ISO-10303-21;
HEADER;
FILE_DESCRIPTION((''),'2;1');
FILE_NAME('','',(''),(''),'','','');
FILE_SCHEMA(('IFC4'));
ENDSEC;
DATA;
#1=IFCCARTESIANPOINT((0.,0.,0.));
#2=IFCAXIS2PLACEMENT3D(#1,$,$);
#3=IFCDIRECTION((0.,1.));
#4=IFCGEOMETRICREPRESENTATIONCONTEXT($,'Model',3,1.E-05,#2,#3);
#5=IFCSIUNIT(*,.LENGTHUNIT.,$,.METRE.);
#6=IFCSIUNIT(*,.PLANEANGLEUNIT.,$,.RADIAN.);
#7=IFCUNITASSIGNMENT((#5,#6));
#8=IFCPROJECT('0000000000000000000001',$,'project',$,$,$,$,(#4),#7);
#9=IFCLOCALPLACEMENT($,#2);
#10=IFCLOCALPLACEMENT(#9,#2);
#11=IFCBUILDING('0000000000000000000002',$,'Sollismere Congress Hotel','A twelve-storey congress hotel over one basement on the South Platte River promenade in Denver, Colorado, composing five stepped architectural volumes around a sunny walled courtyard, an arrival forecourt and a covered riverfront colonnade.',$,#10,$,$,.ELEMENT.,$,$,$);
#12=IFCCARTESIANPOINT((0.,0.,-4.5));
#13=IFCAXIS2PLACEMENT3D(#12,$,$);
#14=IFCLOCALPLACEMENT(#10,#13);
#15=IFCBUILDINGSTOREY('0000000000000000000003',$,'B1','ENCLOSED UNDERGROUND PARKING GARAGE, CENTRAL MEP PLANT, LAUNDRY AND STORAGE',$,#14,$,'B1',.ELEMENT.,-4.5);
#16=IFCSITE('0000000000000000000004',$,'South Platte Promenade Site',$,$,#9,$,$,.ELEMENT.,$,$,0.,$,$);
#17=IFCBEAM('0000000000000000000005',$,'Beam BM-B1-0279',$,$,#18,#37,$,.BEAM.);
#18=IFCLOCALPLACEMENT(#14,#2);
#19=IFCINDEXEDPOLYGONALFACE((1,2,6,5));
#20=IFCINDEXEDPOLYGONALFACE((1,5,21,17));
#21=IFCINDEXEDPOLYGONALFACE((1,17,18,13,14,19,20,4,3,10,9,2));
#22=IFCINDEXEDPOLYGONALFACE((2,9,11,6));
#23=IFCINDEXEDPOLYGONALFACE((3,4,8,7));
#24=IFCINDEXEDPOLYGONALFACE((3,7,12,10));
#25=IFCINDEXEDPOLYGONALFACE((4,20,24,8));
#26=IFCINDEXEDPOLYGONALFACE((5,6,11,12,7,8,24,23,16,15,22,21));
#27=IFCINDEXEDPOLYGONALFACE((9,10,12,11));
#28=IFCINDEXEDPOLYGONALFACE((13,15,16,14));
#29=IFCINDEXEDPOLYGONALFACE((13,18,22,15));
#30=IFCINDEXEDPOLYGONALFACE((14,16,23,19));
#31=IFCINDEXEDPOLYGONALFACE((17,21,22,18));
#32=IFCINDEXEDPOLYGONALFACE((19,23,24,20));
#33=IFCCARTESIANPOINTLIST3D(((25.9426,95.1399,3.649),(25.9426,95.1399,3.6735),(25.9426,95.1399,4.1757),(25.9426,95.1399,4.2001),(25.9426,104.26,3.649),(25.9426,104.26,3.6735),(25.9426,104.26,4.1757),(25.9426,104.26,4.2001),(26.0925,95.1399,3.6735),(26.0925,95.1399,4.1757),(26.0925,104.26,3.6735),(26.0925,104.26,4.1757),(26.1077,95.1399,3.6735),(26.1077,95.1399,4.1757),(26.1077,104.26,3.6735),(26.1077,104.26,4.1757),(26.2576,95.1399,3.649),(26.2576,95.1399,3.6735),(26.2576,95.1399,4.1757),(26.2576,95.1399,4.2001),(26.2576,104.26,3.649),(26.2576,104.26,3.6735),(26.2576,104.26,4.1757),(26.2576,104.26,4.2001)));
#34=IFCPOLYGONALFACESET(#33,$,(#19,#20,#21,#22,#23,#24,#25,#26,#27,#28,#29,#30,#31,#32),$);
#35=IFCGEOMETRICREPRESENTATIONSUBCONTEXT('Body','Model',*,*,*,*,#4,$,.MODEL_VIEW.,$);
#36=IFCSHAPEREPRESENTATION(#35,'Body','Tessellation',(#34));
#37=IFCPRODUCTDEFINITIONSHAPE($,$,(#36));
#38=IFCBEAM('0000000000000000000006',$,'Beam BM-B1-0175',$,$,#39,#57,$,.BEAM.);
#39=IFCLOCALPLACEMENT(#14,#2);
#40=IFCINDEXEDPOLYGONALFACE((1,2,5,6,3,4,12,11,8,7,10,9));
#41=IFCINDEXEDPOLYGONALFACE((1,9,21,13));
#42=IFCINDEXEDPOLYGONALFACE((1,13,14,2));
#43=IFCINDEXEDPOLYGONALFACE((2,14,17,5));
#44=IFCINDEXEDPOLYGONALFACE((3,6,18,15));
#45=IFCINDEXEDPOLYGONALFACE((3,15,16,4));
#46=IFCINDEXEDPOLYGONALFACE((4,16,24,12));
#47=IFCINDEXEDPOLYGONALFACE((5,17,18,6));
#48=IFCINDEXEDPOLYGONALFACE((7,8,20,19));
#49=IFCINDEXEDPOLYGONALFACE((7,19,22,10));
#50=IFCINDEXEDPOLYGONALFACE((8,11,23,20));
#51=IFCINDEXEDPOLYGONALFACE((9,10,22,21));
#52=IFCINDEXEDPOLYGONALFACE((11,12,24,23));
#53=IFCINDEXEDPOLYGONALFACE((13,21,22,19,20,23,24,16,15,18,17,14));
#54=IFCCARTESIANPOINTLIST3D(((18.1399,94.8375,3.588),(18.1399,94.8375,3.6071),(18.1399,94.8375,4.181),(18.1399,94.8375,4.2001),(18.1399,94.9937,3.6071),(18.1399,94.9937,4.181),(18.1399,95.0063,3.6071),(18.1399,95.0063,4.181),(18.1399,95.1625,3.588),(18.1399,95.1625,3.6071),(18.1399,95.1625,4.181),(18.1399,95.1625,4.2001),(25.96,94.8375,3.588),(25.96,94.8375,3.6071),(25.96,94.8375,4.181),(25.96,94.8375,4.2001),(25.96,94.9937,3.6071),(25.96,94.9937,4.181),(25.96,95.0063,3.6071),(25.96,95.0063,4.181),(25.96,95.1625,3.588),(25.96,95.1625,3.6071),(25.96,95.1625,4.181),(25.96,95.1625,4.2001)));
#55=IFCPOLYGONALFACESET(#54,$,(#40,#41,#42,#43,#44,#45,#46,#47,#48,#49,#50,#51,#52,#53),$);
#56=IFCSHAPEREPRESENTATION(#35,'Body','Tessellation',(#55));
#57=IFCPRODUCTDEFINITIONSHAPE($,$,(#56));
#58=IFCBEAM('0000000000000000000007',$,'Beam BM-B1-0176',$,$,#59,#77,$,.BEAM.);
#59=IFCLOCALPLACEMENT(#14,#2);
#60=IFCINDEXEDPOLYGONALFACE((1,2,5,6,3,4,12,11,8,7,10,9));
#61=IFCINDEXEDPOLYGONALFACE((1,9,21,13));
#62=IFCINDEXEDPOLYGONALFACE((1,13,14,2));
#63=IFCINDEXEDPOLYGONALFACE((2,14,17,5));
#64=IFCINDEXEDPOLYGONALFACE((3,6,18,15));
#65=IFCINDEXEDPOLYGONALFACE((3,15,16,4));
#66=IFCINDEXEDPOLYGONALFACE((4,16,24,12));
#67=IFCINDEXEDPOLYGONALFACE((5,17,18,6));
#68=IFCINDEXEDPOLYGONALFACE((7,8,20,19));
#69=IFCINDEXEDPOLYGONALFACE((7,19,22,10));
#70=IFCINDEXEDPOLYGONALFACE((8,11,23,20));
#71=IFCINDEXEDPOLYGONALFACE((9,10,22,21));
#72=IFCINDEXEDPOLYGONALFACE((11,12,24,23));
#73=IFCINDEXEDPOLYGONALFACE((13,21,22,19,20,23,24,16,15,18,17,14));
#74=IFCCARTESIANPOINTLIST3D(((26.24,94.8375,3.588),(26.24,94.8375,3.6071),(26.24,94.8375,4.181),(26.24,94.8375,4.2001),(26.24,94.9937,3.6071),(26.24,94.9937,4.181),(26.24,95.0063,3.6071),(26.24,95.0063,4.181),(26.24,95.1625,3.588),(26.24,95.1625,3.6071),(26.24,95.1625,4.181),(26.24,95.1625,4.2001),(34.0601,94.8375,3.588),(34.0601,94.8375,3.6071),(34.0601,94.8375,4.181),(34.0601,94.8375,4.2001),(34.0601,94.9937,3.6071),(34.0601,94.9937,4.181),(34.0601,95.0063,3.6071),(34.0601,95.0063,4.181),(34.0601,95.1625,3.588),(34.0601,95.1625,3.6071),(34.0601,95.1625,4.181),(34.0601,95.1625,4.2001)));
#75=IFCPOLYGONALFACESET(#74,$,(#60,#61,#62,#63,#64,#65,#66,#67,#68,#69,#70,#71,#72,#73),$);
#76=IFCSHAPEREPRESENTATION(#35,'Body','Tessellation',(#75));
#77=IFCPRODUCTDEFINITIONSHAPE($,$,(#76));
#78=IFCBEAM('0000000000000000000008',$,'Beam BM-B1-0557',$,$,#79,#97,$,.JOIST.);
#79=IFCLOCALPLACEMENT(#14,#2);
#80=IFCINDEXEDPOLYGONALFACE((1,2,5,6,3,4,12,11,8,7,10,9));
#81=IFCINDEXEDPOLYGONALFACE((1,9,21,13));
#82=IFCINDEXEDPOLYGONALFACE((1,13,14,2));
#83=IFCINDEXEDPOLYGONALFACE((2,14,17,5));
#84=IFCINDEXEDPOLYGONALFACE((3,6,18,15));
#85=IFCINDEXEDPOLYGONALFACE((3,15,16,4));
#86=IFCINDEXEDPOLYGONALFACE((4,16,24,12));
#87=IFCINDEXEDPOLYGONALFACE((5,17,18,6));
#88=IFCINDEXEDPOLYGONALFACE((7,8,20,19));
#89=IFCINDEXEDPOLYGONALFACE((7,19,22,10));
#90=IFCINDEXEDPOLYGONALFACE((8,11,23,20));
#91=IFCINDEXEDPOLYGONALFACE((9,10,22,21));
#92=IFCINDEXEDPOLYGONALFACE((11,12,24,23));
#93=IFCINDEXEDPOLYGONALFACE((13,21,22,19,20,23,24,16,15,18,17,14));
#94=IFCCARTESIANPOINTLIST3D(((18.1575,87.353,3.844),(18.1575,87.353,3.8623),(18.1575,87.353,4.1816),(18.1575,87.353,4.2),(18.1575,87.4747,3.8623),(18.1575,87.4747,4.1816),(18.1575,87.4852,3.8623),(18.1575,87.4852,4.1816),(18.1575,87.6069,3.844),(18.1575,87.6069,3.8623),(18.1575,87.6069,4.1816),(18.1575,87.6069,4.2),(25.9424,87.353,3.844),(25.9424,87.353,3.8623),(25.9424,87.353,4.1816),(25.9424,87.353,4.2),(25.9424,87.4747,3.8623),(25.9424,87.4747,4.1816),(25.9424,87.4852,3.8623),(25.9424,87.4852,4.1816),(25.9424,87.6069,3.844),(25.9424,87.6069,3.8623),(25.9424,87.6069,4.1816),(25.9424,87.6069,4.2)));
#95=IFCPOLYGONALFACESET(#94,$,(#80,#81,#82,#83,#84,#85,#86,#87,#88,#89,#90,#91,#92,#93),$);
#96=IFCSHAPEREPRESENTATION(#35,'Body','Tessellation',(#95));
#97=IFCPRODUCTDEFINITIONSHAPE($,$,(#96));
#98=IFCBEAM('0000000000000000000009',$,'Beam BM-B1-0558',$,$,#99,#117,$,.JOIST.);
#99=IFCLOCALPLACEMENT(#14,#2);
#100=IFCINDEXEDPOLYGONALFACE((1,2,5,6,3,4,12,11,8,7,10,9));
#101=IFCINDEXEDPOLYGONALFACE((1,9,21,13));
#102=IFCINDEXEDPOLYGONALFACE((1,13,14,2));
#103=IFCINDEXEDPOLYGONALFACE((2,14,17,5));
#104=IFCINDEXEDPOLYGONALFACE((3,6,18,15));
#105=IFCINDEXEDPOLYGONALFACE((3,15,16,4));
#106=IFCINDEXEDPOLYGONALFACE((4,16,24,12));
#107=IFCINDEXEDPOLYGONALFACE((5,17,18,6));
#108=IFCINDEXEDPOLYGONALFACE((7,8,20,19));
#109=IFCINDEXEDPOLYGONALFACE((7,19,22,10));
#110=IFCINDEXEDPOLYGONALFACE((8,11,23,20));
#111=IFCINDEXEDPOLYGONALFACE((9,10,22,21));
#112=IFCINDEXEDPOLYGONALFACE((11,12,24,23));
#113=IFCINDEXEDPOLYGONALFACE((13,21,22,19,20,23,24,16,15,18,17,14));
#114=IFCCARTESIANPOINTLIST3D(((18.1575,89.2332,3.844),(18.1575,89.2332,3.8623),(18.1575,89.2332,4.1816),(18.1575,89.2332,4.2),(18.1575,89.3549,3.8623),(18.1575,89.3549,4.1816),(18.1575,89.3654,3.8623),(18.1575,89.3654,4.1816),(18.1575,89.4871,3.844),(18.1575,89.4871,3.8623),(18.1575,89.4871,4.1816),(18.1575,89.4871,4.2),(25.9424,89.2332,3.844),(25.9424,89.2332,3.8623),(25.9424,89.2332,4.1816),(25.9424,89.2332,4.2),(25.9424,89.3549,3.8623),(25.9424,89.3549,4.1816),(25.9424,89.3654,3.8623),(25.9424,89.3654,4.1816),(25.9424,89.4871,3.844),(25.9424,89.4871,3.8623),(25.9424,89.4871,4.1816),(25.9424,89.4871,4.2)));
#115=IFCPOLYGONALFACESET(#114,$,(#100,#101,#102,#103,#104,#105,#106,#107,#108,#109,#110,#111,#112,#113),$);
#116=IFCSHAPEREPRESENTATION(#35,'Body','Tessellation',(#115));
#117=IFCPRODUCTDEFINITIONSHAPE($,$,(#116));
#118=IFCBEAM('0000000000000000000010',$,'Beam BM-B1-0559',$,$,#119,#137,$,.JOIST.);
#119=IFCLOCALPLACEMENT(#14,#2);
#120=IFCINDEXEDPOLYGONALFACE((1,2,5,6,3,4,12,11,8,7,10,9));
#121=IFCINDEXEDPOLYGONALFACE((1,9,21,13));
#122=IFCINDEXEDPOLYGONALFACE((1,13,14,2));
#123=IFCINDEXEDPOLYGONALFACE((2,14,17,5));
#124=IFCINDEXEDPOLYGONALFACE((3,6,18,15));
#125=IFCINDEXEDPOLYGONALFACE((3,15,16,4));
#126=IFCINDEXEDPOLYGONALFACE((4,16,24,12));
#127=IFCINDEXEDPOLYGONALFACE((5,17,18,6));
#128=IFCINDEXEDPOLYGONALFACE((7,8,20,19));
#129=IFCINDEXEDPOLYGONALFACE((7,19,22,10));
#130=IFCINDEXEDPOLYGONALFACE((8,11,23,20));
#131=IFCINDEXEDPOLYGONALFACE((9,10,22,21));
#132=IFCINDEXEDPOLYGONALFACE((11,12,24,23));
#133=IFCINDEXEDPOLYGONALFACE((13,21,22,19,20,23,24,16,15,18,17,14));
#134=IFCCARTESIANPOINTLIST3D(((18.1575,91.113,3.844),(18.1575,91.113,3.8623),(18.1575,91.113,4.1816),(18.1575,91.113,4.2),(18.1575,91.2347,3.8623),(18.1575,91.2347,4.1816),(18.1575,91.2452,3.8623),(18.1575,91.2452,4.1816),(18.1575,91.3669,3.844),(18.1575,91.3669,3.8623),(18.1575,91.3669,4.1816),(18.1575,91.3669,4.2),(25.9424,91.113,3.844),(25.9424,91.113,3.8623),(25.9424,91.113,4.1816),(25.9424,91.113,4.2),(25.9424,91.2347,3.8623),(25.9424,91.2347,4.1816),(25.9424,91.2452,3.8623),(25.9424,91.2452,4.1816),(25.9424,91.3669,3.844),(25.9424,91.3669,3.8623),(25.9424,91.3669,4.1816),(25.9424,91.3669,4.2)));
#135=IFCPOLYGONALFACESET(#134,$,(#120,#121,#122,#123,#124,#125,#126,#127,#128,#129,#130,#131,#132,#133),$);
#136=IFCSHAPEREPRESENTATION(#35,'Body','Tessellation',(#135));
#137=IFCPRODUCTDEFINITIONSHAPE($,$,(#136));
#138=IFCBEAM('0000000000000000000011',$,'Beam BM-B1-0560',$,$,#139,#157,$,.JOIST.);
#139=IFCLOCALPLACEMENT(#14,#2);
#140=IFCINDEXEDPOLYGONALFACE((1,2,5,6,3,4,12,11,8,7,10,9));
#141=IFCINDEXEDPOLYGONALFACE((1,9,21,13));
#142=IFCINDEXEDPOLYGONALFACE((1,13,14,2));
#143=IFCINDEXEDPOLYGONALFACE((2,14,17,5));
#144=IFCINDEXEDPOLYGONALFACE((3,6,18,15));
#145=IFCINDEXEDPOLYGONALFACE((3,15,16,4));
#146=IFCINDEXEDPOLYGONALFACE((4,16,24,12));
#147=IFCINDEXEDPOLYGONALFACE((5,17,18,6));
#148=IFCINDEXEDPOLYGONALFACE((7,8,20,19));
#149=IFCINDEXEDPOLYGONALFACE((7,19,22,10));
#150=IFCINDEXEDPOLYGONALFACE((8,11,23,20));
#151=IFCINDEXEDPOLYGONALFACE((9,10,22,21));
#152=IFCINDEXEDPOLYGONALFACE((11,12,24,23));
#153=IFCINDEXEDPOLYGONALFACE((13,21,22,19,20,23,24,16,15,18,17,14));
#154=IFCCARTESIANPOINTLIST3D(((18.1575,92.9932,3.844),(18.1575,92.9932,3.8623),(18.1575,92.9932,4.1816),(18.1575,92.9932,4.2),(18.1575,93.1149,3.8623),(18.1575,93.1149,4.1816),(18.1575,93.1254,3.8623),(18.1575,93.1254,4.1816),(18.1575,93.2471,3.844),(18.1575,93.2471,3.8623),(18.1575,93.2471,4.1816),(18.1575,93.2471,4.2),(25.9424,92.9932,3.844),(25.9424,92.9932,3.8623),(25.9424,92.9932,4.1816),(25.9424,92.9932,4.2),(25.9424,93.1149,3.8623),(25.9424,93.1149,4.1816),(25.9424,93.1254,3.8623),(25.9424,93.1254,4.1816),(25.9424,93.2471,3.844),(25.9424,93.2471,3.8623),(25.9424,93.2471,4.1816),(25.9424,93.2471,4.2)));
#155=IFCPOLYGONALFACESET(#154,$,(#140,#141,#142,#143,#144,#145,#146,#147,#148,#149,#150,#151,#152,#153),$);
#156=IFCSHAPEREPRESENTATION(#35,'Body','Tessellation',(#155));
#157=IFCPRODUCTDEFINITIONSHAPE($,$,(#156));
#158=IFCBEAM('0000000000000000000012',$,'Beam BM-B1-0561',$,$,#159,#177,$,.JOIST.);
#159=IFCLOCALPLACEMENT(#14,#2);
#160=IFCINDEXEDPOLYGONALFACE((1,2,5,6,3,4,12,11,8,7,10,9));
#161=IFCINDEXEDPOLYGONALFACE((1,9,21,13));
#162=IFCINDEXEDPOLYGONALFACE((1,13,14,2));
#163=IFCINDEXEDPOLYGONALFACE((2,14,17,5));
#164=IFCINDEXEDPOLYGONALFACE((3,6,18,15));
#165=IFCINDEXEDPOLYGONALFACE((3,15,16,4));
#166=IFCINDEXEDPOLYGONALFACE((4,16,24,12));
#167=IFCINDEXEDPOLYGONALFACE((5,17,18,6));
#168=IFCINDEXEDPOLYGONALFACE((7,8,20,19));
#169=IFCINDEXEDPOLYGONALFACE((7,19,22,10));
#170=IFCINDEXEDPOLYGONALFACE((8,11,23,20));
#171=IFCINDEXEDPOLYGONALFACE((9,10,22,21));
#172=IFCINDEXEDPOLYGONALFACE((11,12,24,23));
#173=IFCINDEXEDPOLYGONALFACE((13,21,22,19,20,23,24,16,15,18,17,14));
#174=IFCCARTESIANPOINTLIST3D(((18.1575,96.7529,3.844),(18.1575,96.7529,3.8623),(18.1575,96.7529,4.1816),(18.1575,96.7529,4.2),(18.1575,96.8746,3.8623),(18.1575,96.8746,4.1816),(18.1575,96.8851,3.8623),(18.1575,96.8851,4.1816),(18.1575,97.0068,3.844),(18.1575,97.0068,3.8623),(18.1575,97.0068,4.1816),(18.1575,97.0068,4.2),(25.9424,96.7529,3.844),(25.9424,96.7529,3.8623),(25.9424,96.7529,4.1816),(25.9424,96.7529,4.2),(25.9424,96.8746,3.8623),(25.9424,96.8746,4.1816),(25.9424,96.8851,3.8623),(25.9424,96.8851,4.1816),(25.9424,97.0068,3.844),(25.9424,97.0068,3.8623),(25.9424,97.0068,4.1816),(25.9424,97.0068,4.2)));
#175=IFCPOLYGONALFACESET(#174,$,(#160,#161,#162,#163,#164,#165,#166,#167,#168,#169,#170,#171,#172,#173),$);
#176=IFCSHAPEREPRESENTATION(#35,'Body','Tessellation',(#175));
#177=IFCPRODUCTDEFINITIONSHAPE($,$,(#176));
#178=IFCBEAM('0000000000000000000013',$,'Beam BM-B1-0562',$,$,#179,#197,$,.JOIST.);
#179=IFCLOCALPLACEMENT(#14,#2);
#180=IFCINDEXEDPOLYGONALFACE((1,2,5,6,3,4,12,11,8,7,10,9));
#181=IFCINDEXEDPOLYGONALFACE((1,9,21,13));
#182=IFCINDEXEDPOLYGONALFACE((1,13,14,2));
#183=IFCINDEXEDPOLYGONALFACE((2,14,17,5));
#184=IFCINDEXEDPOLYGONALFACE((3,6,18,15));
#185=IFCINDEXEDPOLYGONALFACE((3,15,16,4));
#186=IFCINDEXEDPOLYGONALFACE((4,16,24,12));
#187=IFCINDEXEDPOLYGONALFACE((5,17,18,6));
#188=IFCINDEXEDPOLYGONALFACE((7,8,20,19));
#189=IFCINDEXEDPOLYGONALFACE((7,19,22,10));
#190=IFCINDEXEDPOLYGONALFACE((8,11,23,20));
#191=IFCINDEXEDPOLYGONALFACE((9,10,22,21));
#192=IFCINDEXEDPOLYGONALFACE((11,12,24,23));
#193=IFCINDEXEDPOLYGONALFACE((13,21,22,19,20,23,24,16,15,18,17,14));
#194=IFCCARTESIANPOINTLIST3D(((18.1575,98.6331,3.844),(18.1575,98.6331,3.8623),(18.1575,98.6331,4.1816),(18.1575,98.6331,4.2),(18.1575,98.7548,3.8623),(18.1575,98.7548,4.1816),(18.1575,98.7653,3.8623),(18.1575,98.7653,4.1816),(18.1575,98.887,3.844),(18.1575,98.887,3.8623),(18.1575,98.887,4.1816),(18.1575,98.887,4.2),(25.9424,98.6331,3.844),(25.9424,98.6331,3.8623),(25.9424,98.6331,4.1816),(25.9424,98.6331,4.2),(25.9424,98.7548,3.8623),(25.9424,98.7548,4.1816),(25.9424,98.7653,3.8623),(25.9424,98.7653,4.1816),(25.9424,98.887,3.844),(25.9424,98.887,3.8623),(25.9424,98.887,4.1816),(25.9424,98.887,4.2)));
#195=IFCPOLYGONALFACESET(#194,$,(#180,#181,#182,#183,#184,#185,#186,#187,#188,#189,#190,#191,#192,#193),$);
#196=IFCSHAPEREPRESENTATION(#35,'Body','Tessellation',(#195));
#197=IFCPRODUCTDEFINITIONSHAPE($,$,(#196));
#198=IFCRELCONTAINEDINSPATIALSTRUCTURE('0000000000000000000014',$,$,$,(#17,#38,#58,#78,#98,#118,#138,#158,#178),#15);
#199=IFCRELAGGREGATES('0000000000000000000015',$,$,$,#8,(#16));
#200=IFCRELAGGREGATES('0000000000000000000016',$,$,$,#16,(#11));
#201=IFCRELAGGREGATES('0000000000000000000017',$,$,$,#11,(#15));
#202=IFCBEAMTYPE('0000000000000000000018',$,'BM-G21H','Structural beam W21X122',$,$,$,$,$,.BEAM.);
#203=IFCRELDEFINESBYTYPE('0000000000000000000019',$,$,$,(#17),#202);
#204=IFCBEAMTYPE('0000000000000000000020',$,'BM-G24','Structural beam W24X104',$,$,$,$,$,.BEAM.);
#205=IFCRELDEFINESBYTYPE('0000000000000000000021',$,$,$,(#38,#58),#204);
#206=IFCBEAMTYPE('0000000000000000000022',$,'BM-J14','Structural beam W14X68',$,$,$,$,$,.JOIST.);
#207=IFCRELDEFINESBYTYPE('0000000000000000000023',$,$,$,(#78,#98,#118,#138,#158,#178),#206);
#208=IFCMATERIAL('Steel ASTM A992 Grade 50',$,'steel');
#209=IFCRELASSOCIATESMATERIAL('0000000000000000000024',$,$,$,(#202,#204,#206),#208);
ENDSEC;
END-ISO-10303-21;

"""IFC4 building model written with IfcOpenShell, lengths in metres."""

from ifc_helpers import new_model, si_unit, direction, frame, origin, origin_2d, place, context, subcontext, project, spatial, i_section, extrude, material, material_profile, profile_set, type_object, element, save


model = new_model("IFC4")

# Units and contexts
model_context = context("Model", 3, precision=1e-05, world=origin(), true_north=direction((0.0, 1.0)))
body_context = subcontext(model_context, "Body", "Model", "MODEL_VIEW")
ifc_project = project(units=[si_unit("LENGTHUNIT", "METRE"), si_unit("PLANEANGLEUNIT", "RADIAN")], contexts=[model_context])

# Site, building, storey
site_placement = place(None, origin())
site = spatial("IfcSite", under=ifc_project, at=site_placement, Name="South Platte Promenade Site", CompositionType="ELEMENT", RefElevation=0.0)
building_placement = place(site_placement, origin())
building = spatial("IfcBuilding", under=site, at=building_placement, Name="Sollismere Congress Hotel", Description="A twelve-storey congress hotel over one basement on the South Platte River promenade in Denver, Colorado, composing five stepped architectural volumes around a sunny walled courtyard, an arrival forecourt and a covered riverfront colonnade.", CompositionType="ELEMENT")
storey_placement = place(building_placement, frame((0.0, 0.0, -4.5)))
storey = spatial("IfcBuildingStorey", under=building, at=storey_placement, Name="B1", Description="ENCLOSED UNDERGROUND PARKING GARAGE, CENTRAL MEP PLANT, LAUNDRY AND STORAGE", LongName="B1", CompositionType="ELEMENT", Elevation=-4.5)

# Beams
ifc_material_1 = material(Name="Steel ASTM A992 Grade 50", Category="steel")
ifc_material_profile_1 = material_profile(ifc_material_1, i_section(OverallWidth=0.3149, OverallDepth=0.551, WebThickness=0.0151, FlangeThickness=0.0244, at=origin_2d()), Name="W21X122")
ifc_profile_set_1 = profile_set([ifc_material_profile_1], Name="Steel ASTM A992 Grade 50")
beam_type_1 = type_object("IfcBeamType", Name="BM-G21H", Description="Structural beam W21X122", PredefinedType="BEAM", material=ifc_profile_set_1)
for number, where, z_axis, x_axis, name in (
    (1, (26.1001, 95.1399, 3.9246), (0.0, 1.0, 0.0), (-1.0, 0.0, 0.0), "Beam BM-B1-0279"),
):
    element("IfcBeam", number, at=place(storey_placement, frame(where, z_axis=z_axis, x_axis=x_axis)), inside=storey, type_object=beam_type_1, Name=name, PredefinedType="BEAM", context=body_context, shape_type="SweptSolid", body=[
        extrude(i_section(OverallWidth=0.3149, OverallDepth=0.551, WebThickness=0.0151, FlangeThickness=0.0244, at=origin_2d()), origin(), (0.0, 0.0, 1.0), 9.1201),
    ])
ifc_material_profile_2 = material_profile(ifc_material_1, i_section(OverallWidth=0.325, OverallDepth=0.6121, WebThickness=0.0127, FlangeThickness=0.019, at=origin_2d()), Name="W24X104")
ifc_profile_set_2 = profile_set([ifc_material_profile_2], Name="Steel ASTM A992 Grade 50")
beam_type_2 = type_object("IfcBeamType", Name="BM-G24", Description="Structural beam W24X104", PredefinedType="BEAM", material=ifc_profile_set_2)
for number, where, z_axis, x_axis, name in (
    (2, (18.1399, 95.0, 3.894), (1.0, 0.0, 0.0), (0.0, 1.0, 0.0), "Beam BM-B1-0175"),
    (3, (26.24, 95.0, 3.894), (1.0, 0.0, 0.0), (0.0, 1.0, 0.0), "Beam BM-B1-0176"),
):
    element("IfcBeam", number, at=place(storey_placement, frame(where, z_axis=z_axis, x_axis=x_axis)), inside=storey, type_object=beam_type_2, Name=name, PredefinedType="BEAM", context=body_context, shape_type="SweptSolid", body=[
        extrude(i_section(OverallWidth=0.325, OverallDepth=0.6121, WebThickness=0.0127, FlangeThickness=0.019, at=origin_2d()), origin(), (0.0, 0.0, 1.0), 7.8201),
    ])
ifc_material_profile_3 = material_profile(ifc_material_1, i_section(OverallWidth=0.2539, OverallDepth=0.356, WebThickness=0.0105, FlangeThickness=0.0183, at=origin_2d()), Name="W14X68")
ifc_profile_set_3 = profile_set([ifc_material_profile_3], Name="Steel ASTM A992 Grade 50")
beam_type_3 = type_object("IfcBeamType", Name="BM-J14", Description="Structural beam W14X68", PredefinedType="JOIST", material=ifc_profile_set_3)
for number, where, z_axis, x_axis, name in (
    (4, (18.1575, 87.48, 4.022), (1.0, 0.0, 0.0), (0.0, 1.0, 0.0), "Beam BM-B1-0557"),
    (5, (18.1575, 89.3601, 4.022), (1.0, 0.0, 0.0), (0.0, 1.0, 0.0), "Beam BM-B1-0558"),
    (6, (18.1575, 91.24, 4.022), (1.0, 0.0, 0.0), (0.0, 1.0, 0.0), "Beam BM-B1-0559"),
    (7, (18.1575, 93.1201, 4.022), (1.0, 0.0, 0.0), (0.0, 1.0, 0.0), "Beam BM-B1-0560"),
    (8, (18.1575, 96.8799, 4.022), (1.0, 0.0, 0.0), (0.0, 1.0, 0.0), "Beam BM-B1-0561"),
    (9, (18.1575, 98.76, 4.022), (1.0, 0.0, 0.0), (0.0, 1.0, 0.0), "Beam BM-B1-0562"),
):
    element("IfcBeam", number, at=place(storey_placement, frame(where, z_axis=z_axis, x_axis=x_axis)), inside=storey, type_object=beam_type_3, Name=name, PredefinedType="JOIST", context=body_context, shape_type="SweptSolid", body=[
        extrude(i_section(OverallWidth=0.2539, OverallDepth=0.356, WebThickness=0.0105, FlangeThickness=0.0183, at=origin_2d()), origin(), (0.0, 0.0, 1.0), 7.7849),
    ])

save(model, "model.ifc")
